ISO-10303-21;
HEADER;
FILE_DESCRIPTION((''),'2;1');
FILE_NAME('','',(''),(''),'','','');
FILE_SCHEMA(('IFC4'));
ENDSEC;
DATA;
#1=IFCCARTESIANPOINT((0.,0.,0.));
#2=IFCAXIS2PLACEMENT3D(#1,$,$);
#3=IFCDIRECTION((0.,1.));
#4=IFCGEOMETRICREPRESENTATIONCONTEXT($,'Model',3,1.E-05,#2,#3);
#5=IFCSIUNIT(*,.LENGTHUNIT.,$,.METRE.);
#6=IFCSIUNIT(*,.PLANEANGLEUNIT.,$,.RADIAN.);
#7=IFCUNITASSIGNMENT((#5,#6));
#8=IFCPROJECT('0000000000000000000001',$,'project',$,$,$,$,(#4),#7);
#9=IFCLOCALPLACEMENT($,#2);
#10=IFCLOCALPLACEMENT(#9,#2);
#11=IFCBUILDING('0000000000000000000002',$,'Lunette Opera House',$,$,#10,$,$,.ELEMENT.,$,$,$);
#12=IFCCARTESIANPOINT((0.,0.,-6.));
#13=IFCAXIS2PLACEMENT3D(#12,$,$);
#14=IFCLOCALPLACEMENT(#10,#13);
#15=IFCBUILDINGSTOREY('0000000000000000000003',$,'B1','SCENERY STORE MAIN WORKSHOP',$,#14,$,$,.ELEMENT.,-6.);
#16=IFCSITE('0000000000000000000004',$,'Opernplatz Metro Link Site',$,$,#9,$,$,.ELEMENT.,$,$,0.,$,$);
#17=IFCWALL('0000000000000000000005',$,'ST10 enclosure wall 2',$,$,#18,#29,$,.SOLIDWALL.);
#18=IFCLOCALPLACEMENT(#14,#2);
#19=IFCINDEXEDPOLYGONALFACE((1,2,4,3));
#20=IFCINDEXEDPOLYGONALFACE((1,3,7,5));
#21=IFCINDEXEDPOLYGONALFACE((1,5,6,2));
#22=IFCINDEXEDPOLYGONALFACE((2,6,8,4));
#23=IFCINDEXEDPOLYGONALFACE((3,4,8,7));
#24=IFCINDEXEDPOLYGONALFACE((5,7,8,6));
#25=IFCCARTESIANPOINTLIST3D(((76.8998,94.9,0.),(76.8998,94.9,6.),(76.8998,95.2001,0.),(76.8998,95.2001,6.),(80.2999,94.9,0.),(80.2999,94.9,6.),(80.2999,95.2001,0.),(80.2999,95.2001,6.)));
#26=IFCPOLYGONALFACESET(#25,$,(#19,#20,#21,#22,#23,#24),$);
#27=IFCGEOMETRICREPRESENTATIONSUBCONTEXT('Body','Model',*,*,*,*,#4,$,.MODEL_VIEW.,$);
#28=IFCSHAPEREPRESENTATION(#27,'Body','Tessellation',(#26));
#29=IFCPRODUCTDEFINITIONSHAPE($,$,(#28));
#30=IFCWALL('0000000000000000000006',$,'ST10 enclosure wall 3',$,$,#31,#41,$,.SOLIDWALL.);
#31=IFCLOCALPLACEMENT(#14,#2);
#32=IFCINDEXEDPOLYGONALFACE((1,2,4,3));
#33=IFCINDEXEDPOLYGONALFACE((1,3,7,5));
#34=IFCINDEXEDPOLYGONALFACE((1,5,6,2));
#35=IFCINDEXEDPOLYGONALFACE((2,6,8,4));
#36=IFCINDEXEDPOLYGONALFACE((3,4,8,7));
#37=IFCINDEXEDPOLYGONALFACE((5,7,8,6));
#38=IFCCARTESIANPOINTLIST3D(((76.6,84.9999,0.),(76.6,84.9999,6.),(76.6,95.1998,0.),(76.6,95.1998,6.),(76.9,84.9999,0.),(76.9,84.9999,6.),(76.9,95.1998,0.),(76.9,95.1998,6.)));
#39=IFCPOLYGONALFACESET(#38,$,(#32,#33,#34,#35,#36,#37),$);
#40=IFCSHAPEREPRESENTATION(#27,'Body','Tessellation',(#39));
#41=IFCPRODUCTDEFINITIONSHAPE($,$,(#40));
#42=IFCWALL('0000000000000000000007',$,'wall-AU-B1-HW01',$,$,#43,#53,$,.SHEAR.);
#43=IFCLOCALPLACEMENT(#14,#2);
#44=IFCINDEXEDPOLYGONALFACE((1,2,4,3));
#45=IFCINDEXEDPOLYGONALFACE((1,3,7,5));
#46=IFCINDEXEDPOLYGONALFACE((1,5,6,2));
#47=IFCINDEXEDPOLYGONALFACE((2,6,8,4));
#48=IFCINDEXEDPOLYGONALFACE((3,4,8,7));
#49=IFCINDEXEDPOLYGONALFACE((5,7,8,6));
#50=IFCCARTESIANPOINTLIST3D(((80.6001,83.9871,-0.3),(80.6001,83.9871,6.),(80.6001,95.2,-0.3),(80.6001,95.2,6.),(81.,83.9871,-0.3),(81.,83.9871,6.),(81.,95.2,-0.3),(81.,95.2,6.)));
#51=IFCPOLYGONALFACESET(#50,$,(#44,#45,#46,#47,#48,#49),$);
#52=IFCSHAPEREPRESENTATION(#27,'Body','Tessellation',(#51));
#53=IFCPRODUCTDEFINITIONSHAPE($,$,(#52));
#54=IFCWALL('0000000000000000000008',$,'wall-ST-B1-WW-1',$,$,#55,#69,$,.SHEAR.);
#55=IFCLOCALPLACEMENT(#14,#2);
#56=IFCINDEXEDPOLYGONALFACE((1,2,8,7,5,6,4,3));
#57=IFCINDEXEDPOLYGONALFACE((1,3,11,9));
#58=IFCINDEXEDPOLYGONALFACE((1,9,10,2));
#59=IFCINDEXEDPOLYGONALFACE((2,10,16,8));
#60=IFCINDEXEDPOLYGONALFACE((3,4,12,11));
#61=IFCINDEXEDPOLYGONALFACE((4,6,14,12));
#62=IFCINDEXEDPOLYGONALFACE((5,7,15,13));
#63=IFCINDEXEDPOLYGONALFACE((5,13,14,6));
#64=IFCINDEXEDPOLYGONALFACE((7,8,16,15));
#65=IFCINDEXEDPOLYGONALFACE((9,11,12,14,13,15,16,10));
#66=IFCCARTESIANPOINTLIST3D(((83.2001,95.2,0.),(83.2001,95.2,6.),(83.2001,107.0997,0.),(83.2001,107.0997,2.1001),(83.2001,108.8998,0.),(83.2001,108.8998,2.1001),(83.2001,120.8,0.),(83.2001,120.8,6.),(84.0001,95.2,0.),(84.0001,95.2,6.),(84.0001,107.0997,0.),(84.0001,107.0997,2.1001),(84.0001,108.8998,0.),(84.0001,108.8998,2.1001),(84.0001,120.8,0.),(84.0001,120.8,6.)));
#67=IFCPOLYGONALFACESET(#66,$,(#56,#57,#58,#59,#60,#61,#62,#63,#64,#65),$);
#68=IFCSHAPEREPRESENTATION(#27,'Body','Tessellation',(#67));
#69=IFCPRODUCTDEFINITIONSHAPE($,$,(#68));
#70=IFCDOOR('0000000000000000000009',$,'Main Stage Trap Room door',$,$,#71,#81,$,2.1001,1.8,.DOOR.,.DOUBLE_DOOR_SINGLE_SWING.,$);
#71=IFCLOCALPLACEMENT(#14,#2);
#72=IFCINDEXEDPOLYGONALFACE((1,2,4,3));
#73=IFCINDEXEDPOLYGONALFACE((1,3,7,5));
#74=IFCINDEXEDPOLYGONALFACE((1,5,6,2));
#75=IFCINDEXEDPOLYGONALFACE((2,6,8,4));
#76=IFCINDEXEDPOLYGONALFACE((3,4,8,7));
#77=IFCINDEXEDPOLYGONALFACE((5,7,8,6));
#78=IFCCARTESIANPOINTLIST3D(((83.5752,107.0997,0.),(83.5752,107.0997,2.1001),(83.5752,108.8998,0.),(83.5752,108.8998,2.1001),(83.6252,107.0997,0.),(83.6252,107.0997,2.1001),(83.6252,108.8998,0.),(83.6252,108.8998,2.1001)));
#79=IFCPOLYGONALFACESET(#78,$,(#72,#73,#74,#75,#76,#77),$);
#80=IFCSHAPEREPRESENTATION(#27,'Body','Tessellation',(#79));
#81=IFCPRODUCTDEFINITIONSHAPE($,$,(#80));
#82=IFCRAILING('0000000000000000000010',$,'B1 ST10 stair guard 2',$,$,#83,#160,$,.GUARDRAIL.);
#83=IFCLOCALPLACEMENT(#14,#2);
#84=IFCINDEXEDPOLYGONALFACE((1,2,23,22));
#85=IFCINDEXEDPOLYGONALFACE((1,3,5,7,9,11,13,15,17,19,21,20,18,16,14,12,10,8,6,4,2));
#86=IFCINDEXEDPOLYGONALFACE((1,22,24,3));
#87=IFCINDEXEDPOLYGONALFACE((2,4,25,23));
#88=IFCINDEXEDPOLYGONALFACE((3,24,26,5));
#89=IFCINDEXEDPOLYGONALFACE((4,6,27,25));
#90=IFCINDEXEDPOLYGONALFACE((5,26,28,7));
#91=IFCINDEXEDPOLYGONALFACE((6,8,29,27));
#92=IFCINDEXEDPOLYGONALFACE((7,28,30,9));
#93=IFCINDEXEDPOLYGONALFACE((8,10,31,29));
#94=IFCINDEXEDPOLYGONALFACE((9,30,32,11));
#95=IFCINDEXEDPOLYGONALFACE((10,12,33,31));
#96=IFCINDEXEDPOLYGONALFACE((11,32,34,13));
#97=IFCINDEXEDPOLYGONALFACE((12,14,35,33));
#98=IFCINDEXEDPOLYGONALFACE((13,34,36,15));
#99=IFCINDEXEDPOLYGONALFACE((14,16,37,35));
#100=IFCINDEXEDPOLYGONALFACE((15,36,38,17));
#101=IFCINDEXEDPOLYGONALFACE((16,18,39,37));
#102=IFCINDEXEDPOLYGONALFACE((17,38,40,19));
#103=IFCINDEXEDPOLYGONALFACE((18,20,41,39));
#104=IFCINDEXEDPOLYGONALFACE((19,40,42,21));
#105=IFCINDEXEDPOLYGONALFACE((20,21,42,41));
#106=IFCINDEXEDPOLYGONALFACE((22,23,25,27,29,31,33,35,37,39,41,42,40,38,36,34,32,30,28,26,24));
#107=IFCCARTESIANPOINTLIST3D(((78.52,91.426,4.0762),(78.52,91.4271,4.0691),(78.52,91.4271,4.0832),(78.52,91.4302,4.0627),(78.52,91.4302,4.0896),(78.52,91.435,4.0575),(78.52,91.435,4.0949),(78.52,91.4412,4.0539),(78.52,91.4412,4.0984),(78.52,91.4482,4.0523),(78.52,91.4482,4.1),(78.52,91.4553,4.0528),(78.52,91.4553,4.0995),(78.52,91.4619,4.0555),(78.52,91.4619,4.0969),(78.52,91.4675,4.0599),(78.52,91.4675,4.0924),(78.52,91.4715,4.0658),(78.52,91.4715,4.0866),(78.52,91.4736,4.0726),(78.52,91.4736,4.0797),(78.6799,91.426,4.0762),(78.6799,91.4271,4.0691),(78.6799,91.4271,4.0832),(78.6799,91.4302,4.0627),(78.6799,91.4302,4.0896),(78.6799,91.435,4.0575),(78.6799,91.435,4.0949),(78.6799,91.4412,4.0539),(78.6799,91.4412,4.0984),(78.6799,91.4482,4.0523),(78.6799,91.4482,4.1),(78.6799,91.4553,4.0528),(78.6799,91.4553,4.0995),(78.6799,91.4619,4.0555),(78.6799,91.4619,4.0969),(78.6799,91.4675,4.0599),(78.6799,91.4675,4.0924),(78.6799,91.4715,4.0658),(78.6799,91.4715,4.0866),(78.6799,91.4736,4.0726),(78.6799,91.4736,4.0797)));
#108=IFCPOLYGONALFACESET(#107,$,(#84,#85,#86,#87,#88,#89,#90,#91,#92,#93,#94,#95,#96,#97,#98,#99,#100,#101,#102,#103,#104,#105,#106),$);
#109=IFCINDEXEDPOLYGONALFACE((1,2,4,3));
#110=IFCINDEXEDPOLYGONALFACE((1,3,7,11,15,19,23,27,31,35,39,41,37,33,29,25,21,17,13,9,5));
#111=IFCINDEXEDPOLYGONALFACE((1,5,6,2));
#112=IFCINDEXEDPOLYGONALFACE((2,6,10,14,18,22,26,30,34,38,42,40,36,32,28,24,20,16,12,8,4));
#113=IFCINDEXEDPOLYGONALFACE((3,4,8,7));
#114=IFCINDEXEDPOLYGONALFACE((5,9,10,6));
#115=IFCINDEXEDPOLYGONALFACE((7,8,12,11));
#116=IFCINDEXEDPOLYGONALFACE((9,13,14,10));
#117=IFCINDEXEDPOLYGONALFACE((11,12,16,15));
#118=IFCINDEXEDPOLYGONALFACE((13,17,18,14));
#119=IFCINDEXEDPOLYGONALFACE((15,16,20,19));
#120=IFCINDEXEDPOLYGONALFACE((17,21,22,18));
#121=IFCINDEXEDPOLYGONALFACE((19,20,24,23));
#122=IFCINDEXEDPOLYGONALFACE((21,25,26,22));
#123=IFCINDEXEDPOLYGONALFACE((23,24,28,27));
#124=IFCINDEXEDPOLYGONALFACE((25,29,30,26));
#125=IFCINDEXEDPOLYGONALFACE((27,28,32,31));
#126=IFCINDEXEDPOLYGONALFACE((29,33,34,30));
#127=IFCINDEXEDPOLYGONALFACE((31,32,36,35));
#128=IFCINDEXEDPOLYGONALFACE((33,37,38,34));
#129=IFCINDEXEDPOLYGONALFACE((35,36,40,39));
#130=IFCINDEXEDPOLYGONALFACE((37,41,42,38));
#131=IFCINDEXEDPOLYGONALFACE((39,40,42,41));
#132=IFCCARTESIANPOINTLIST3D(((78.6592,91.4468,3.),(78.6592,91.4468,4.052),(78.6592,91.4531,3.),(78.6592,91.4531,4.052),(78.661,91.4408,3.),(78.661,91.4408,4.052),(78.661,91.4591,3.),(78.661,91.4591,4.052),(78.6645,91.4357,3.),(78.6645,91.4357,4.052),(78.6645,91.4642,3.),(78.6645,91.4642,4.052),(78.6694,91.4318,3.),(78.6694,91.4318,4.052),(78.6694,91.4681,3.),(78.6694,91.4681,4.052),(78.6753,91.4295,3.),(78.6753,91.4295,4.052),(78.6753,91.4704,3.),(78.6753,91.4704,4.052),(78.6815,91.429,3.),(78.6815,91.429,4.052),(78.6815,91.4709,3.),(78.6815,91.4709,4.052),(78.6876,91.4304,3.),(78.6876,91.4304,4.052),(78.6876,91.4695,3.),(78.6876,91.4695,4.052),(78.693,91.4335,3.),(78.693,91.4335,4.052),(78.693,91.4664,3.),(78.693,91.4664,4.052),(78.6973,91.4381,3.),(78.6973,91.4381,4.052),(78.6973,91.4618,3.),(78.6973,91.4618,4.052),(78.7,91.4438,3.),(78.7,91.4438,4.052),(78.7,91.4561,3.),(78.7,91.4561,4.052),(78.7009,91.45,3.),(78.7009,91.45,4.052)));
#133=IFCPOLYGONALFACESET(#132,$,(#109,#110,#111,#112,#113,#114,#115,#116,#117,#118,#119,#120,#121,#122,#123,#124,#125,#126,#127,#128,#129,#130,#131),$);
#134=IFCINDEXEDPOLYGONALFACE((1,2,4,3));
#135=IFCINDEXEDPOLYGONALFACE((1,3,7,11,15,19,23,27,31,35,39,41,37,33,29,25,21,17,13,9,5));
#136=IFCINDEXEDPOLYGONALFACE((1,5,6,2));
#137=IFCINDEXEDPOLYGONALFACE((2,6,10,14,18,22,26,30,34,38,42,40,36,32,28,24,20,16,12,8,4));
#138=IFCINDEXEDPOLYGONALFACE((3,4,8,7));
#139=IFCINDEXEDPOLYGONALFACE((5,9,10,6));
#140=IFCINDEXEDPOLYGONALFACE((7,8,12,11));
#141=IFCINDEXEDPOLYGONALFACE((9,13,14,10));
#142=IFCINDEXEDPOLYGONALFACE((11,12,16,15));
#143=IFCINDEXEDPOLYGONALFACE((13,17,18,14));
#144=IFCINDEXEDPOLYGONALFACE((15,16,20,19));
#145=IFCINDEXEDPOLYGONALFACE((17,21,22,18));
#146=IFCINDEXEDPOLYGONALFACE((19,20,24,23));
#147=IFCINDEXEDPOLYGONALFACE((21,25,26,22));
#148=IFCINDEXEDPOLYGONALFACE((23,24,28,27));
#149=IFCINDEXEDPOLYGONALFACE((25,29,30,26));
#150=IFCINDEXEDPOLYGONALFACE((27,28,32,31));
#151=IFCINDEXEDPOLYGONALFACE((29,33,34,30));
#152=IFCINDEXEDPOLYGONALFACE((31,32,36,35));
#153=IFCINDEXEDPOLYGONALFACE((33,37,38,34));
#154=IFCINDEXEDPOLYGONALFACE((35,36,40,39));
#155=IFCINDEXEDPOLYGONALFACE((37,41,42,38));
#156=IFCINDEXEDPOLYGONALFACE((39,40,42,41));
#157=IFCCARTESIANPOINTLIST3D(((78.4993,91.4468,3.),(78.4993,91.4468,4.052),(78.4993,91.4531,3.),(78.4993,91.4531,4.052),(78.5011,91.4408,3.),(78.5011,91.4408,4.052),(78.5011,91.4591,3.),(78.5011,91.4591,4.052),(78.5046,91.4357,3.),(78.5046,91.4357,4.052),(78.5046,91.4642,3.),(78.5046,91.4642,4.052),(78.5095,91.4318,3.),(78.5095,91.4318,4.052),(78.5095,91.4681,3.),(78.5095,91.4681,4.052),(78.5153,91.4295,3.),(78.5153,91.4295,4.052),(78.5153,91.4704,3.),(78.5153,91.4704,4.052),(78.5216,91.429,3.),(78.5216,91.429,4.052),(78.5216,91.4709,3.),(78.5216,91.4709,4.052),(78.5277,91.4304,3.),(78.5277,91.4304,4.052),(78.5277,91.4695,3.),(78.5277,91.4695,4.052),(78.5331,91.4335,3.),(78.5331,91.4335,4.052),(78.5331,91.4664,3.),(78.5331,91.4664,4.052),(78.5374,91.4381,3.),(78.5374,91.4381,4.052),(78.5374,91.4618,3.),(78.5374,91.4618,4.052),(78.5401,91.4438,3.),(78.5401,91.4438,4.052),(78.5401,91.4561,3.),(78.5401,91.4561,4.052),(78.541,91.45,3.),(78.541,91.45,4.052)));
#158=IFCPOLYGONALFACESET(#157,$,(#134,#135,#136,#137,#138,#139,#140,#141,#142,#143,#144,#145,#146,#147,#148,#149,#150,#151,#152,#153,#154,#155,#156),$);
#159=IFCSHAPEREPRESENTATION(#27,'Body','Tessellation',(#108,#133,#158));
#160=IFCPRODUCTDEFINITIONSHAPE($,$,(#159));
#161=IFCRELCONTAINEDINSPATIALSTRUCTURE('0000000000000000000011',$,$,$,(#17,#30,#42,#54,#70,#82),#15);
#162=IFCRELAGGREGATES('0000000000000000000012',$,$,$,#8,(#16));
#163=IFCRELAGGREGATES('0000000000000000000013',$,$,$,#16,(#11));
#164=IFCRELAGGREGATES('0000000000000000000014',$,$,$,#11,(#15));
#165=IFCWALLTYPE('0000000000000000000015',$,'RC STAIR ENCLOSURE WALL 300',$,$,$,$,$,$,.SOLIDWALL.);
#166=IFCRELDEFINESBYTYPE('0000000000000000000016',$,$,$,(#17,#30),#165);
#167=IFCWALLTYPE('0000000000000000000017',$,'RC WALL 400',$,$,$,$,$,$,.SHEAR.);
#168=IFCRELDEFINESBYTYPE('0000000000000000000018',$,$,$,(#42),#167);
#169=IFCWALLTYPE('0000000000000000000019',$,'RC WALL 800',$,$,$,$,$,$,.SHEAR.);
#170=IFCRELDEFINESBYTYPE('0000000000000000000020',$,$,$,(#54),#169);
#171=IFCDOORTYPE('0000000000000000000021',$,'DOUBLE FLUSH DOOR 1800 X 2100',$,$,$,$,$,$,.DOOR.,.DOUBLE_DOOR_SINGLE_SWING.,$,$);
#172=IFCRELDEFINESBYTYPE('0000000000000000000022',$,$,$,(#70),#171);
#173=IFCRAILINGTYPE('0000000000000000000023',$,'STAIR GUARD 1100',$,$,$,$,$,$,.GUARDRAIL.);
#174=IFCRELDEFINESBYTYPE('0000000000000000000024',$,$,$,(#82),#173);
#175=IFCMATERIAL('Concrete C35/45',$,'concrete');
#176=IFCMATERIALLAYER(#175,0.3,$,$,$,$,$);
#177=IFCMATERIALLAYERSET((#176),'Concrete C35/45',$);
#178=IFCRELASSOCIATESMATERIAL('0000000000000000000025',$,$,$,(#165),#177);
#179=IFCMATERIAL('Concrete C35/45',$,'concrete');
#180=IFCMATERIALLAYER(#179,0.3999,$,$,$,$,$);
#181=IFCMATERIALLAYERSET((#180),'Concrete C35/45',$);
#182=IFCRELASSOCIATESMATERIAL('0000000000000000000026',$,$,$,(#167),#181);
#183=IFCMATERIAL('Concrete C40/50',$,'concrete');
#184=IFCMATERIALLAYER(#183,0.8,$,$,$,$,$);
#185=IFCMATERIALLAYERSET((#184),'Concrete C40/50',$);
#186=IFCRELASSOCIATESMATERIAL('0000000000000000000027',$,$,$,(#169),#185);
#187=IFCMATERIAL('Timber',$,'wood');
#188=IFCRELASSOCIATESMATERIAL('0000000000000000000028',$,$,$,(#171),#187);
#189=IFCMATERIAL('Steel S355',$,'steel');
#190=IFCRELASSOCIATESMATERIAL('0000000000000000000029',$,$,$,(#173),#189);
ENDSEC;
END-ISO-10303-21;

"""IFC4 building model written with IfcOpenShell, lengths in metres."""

from ifc_helpers import new_model, si_unit, direction, frame, frame_2d, origin, origin_2d, place, context, subcontext, project, spatial, rectangle, circle, extrude, material, layer, layer_set, type_object, element, fill, save


model = new_model("IFC4")

# Units and contexts
model_context = context("Model", 3, precision=1e-05, world=origin(), true_north=direction((0.0, 1.0)))
body_context = subcontext(model_context, "Body", "Model", "MODEL_VIEW")
ifc_project = project(units=[si_unit("LENGTHUNIT", "METRE"), si_unit("PLANEANGLEUNIT", "RADIAN")], contexts=[model_context])

# Site, building, storey
site_placement = place(None, origin())
site = spatial("IfcSite", under=ifc_project, at=site_placement, Name="Opernplatz Metro Link Site", CompositionType="ELEMENT", RefElevation=0.0)
building_placement = place(site_placement, origin())
building = spatial("IfcBuilding", under=site, at=building_placement, Name="Lunette Opera House", CompositionType="ELEMENT")
storey_placement = place(building_placement, frame((0.0, 0.0, -6.0)))
storey = spatial("IfcBuildingStorey", under=building, at=storey_placement, Name="B1", Description="SCENERY STORE MAIN WORKSHOP", CompositionType="ELEMENT", Elevation=-6.0)

# Walls
ifc_material_1 = material(Name="Concrete C35/45", Category="concrete")
ifc_layer_1 = layer(ifc_material_1, 0.3)
ifc_layer_set_1 = layer_set([ifc_layer_1], Name="Concrete C35/45")
wall_type_1 = type_object("IfcWallType", Name="RC STAIR ENCLOSURE WALL 300", PredefinedType="SOLIDWALL", material=ifc_layer_set_1)
wall_1_placement = place(storey_placement, frame((80.3, 95.05, 0.0), z_axis=(0.0, 0.0, 1.0), x_axis=(-1.0, 0.0, 0.0)))
element("IfcWall", 1, at=wall_1_placement, inside=storey, type_object=wall_type_1, Name="ST10 enclosure wall 2", PredefinedType="SOLIDWALL", context=body_context, shape_type="SweptSolid", body=[
    extrude(rectangle(XDim=3.4001, YDim=0.3, at=frame_2d((1.7002, 0.0))), origin(), (0.0, 0.0, 1.0), 6.0),
])
wall_2_placement = place(storey_placement, frame((76.75, 95.2, 0.0), z_axis=(0.0, 0.0, 1.0), x_axis=(0.0, -1.0, 0.0)))
element("IfcWall", 2, at=wall_2_placement, inside=storey, type_object=wall_type_1, Name="ST10 enclosure wall 3", PredefinedType="SOLIDWALL", context=body_context, shape_type="SweptSolid", body=[
    extrude(rectangle(XDim=10.2, YDim=0.3, at=frame_2d((5.1001, 0.0))), origin(), (0.0, 0.0, 1.0), 6.0),
])
ifc_material_2 = material(Name="Concrete C35/45", Category="concrete")
ifc_layer_2 = layer(ifc_material_2, 0.3999)
ifc_layer_set_2 = layer_set([ifc_layer_2], Name="Concrete C35/45")
wall_type_2 = type_object("IfcWallType", Name="RC WALL 400", PredefinedType="SHEAR", material=ifc_layer_set_2)
wall_3_placement = place(storey_placement, frame((80.8, 95.2, -0.3), z_axis=(0.0, 0.0, 1.0), x_axis=(0.0, -1.0, 0.0)))
element("IfcWall", 3, at=wall_3_placement, inside=storey, type_object=wall_type_2, Name="wall-AU-B1-HW01", PredefinedType="SHEAR", context=body_context, shape_type="SweptSolid", body=[
    extrude(rectangle(XDim=11.2129, YDim=0.3999, at=frame_2d((5.6064, 0.0))), origin(), (0.0, 0.0, 1.0), 6.3),
])

# Wall, opening, door
ifc_material_3 = material(Name="Concrete C40/50", Category="concrete")
ifc_layer_3 = layer(ifc_material_3, 0.8)
ifc_layer_set_3 = layer_set([ifc_layer_3], Name="Concrete C40/50")
wall_type_3 = type_object("IfcWallType", Name="RC WALL 800", PredefinedType="SHEAR", material=ifc_layer_set_3)
wall_4_placement = place(storey_placement, frame((83.6001, 95.2, 0.0), z_axis=(0.0, 0.0, 1.0), x_axis=(0.0, 1.0, 0.0)))
wall_4 = element("IfcWall", 4, at=wall_4_placement, inside=storey, type_object=wall_type_3, Name="wall-ST-B1-WW-1", PredefinedType="SHEAR", context=body_context, shape_type="SweptSolid", body=[
    extrude(rectangle(XDim=25.6001, YDim=0.8, at=frame_2d((12.8, 0.0))), origin(), (0.0, 0.0, 1.0), 6.0),
])
opening_placement = place(wall_4_placement, frame((11.8999, 0.0, 0.0)))
opening = element("IfcOpeningElement", 5, at=opening_placement, cuts=wall_4, PredefinedType="OPENING", context=body_context, shape_type="SweptSolid", body=[
    extrude(rectangle(XDim=1.8, YDim=2.1001, at=frame_2d((0.8999, 1.05))), frame((0.0, 0.4121, 0.0), z_axis=(0.0, -1.0, 0.0), x_axis=(1.0, 0.0, 0.0)), (0.0, 0.0, 1.0), 0.824),
])
ifc_material_4 = material(Name="Timber", Category="wood")
door_type = type_object("IfcDoorType", Name="DOUBLE FLUSH DOOR 1800 X 2100", OperationType="DOUBLE_DOOR_SINGLE_SWING", PredefinedType="DOOR", material=ifc_material_4)
door_placement = place(opening_placement, origin())
door = element("IfcDoor", 6, at=door_placement, inside=storey, type_object=door_type, Name="Main Stage Trap Room door", OperationType="DOUBLE_DOOR_SINGLE_SWING", OverallHeight=2.1001, OverallWidth=1.8, PredefinedType="DOOR", context=body_context, shape_type="SweptSolid", body=[
    extrude(rectangle(XDim=1.8, YDim=2.1001, at=frame_2d((0.8999, 1.05))), frame((0.0, 0.0249, 0.0), z_axis=(0.0, -1.0, 0.0), x_axis=(1.0, 0.0, 0.0)), (0.0, 0.0, 1.0), 0.05),
])
fill(opening, door)

# Railing
ifc_material_5 = material(Name="Steel S355", Category="steel")
railing_type = type_object("IfcRailingType", Name="STAIR GUARD 1100", PredefinedType="GUARDRAIL", material=ifc_material_5)
railing_1_placement = place(storey_placement, frame((78.6799, 91.45, 3.0)))
element("IfcRailing", 7, at=railing_1_placement, inside=storey, type_object=railing_type, Name="B1 ST10 stair guard 2", PredefinedType="GUARDRAIL", context=body_context, shape_type="SweptSolid", body=[
    extrude(circle(Radius=0.0239, at=origin_2d()), frame((0.0, 0.0, 1.0762), z_axis=(-1.0, 0.0, 0.0), x_axis=(0.0, -1.0, 0.0)), (0.0, 0.0, 1.0), 0.1599),
    extrude(circle(Radius=0.021, at=origin_2d()), origin(), (0.0, 0.0, 1.0), 1.052),
    extrude(circle(Radius=0.021, at=origin_2d()), frame((-0.1599, 0.0, 0.0)), (0.0, 0.0, 1.0), 1.052),
])

save(model, "model.ifc")
